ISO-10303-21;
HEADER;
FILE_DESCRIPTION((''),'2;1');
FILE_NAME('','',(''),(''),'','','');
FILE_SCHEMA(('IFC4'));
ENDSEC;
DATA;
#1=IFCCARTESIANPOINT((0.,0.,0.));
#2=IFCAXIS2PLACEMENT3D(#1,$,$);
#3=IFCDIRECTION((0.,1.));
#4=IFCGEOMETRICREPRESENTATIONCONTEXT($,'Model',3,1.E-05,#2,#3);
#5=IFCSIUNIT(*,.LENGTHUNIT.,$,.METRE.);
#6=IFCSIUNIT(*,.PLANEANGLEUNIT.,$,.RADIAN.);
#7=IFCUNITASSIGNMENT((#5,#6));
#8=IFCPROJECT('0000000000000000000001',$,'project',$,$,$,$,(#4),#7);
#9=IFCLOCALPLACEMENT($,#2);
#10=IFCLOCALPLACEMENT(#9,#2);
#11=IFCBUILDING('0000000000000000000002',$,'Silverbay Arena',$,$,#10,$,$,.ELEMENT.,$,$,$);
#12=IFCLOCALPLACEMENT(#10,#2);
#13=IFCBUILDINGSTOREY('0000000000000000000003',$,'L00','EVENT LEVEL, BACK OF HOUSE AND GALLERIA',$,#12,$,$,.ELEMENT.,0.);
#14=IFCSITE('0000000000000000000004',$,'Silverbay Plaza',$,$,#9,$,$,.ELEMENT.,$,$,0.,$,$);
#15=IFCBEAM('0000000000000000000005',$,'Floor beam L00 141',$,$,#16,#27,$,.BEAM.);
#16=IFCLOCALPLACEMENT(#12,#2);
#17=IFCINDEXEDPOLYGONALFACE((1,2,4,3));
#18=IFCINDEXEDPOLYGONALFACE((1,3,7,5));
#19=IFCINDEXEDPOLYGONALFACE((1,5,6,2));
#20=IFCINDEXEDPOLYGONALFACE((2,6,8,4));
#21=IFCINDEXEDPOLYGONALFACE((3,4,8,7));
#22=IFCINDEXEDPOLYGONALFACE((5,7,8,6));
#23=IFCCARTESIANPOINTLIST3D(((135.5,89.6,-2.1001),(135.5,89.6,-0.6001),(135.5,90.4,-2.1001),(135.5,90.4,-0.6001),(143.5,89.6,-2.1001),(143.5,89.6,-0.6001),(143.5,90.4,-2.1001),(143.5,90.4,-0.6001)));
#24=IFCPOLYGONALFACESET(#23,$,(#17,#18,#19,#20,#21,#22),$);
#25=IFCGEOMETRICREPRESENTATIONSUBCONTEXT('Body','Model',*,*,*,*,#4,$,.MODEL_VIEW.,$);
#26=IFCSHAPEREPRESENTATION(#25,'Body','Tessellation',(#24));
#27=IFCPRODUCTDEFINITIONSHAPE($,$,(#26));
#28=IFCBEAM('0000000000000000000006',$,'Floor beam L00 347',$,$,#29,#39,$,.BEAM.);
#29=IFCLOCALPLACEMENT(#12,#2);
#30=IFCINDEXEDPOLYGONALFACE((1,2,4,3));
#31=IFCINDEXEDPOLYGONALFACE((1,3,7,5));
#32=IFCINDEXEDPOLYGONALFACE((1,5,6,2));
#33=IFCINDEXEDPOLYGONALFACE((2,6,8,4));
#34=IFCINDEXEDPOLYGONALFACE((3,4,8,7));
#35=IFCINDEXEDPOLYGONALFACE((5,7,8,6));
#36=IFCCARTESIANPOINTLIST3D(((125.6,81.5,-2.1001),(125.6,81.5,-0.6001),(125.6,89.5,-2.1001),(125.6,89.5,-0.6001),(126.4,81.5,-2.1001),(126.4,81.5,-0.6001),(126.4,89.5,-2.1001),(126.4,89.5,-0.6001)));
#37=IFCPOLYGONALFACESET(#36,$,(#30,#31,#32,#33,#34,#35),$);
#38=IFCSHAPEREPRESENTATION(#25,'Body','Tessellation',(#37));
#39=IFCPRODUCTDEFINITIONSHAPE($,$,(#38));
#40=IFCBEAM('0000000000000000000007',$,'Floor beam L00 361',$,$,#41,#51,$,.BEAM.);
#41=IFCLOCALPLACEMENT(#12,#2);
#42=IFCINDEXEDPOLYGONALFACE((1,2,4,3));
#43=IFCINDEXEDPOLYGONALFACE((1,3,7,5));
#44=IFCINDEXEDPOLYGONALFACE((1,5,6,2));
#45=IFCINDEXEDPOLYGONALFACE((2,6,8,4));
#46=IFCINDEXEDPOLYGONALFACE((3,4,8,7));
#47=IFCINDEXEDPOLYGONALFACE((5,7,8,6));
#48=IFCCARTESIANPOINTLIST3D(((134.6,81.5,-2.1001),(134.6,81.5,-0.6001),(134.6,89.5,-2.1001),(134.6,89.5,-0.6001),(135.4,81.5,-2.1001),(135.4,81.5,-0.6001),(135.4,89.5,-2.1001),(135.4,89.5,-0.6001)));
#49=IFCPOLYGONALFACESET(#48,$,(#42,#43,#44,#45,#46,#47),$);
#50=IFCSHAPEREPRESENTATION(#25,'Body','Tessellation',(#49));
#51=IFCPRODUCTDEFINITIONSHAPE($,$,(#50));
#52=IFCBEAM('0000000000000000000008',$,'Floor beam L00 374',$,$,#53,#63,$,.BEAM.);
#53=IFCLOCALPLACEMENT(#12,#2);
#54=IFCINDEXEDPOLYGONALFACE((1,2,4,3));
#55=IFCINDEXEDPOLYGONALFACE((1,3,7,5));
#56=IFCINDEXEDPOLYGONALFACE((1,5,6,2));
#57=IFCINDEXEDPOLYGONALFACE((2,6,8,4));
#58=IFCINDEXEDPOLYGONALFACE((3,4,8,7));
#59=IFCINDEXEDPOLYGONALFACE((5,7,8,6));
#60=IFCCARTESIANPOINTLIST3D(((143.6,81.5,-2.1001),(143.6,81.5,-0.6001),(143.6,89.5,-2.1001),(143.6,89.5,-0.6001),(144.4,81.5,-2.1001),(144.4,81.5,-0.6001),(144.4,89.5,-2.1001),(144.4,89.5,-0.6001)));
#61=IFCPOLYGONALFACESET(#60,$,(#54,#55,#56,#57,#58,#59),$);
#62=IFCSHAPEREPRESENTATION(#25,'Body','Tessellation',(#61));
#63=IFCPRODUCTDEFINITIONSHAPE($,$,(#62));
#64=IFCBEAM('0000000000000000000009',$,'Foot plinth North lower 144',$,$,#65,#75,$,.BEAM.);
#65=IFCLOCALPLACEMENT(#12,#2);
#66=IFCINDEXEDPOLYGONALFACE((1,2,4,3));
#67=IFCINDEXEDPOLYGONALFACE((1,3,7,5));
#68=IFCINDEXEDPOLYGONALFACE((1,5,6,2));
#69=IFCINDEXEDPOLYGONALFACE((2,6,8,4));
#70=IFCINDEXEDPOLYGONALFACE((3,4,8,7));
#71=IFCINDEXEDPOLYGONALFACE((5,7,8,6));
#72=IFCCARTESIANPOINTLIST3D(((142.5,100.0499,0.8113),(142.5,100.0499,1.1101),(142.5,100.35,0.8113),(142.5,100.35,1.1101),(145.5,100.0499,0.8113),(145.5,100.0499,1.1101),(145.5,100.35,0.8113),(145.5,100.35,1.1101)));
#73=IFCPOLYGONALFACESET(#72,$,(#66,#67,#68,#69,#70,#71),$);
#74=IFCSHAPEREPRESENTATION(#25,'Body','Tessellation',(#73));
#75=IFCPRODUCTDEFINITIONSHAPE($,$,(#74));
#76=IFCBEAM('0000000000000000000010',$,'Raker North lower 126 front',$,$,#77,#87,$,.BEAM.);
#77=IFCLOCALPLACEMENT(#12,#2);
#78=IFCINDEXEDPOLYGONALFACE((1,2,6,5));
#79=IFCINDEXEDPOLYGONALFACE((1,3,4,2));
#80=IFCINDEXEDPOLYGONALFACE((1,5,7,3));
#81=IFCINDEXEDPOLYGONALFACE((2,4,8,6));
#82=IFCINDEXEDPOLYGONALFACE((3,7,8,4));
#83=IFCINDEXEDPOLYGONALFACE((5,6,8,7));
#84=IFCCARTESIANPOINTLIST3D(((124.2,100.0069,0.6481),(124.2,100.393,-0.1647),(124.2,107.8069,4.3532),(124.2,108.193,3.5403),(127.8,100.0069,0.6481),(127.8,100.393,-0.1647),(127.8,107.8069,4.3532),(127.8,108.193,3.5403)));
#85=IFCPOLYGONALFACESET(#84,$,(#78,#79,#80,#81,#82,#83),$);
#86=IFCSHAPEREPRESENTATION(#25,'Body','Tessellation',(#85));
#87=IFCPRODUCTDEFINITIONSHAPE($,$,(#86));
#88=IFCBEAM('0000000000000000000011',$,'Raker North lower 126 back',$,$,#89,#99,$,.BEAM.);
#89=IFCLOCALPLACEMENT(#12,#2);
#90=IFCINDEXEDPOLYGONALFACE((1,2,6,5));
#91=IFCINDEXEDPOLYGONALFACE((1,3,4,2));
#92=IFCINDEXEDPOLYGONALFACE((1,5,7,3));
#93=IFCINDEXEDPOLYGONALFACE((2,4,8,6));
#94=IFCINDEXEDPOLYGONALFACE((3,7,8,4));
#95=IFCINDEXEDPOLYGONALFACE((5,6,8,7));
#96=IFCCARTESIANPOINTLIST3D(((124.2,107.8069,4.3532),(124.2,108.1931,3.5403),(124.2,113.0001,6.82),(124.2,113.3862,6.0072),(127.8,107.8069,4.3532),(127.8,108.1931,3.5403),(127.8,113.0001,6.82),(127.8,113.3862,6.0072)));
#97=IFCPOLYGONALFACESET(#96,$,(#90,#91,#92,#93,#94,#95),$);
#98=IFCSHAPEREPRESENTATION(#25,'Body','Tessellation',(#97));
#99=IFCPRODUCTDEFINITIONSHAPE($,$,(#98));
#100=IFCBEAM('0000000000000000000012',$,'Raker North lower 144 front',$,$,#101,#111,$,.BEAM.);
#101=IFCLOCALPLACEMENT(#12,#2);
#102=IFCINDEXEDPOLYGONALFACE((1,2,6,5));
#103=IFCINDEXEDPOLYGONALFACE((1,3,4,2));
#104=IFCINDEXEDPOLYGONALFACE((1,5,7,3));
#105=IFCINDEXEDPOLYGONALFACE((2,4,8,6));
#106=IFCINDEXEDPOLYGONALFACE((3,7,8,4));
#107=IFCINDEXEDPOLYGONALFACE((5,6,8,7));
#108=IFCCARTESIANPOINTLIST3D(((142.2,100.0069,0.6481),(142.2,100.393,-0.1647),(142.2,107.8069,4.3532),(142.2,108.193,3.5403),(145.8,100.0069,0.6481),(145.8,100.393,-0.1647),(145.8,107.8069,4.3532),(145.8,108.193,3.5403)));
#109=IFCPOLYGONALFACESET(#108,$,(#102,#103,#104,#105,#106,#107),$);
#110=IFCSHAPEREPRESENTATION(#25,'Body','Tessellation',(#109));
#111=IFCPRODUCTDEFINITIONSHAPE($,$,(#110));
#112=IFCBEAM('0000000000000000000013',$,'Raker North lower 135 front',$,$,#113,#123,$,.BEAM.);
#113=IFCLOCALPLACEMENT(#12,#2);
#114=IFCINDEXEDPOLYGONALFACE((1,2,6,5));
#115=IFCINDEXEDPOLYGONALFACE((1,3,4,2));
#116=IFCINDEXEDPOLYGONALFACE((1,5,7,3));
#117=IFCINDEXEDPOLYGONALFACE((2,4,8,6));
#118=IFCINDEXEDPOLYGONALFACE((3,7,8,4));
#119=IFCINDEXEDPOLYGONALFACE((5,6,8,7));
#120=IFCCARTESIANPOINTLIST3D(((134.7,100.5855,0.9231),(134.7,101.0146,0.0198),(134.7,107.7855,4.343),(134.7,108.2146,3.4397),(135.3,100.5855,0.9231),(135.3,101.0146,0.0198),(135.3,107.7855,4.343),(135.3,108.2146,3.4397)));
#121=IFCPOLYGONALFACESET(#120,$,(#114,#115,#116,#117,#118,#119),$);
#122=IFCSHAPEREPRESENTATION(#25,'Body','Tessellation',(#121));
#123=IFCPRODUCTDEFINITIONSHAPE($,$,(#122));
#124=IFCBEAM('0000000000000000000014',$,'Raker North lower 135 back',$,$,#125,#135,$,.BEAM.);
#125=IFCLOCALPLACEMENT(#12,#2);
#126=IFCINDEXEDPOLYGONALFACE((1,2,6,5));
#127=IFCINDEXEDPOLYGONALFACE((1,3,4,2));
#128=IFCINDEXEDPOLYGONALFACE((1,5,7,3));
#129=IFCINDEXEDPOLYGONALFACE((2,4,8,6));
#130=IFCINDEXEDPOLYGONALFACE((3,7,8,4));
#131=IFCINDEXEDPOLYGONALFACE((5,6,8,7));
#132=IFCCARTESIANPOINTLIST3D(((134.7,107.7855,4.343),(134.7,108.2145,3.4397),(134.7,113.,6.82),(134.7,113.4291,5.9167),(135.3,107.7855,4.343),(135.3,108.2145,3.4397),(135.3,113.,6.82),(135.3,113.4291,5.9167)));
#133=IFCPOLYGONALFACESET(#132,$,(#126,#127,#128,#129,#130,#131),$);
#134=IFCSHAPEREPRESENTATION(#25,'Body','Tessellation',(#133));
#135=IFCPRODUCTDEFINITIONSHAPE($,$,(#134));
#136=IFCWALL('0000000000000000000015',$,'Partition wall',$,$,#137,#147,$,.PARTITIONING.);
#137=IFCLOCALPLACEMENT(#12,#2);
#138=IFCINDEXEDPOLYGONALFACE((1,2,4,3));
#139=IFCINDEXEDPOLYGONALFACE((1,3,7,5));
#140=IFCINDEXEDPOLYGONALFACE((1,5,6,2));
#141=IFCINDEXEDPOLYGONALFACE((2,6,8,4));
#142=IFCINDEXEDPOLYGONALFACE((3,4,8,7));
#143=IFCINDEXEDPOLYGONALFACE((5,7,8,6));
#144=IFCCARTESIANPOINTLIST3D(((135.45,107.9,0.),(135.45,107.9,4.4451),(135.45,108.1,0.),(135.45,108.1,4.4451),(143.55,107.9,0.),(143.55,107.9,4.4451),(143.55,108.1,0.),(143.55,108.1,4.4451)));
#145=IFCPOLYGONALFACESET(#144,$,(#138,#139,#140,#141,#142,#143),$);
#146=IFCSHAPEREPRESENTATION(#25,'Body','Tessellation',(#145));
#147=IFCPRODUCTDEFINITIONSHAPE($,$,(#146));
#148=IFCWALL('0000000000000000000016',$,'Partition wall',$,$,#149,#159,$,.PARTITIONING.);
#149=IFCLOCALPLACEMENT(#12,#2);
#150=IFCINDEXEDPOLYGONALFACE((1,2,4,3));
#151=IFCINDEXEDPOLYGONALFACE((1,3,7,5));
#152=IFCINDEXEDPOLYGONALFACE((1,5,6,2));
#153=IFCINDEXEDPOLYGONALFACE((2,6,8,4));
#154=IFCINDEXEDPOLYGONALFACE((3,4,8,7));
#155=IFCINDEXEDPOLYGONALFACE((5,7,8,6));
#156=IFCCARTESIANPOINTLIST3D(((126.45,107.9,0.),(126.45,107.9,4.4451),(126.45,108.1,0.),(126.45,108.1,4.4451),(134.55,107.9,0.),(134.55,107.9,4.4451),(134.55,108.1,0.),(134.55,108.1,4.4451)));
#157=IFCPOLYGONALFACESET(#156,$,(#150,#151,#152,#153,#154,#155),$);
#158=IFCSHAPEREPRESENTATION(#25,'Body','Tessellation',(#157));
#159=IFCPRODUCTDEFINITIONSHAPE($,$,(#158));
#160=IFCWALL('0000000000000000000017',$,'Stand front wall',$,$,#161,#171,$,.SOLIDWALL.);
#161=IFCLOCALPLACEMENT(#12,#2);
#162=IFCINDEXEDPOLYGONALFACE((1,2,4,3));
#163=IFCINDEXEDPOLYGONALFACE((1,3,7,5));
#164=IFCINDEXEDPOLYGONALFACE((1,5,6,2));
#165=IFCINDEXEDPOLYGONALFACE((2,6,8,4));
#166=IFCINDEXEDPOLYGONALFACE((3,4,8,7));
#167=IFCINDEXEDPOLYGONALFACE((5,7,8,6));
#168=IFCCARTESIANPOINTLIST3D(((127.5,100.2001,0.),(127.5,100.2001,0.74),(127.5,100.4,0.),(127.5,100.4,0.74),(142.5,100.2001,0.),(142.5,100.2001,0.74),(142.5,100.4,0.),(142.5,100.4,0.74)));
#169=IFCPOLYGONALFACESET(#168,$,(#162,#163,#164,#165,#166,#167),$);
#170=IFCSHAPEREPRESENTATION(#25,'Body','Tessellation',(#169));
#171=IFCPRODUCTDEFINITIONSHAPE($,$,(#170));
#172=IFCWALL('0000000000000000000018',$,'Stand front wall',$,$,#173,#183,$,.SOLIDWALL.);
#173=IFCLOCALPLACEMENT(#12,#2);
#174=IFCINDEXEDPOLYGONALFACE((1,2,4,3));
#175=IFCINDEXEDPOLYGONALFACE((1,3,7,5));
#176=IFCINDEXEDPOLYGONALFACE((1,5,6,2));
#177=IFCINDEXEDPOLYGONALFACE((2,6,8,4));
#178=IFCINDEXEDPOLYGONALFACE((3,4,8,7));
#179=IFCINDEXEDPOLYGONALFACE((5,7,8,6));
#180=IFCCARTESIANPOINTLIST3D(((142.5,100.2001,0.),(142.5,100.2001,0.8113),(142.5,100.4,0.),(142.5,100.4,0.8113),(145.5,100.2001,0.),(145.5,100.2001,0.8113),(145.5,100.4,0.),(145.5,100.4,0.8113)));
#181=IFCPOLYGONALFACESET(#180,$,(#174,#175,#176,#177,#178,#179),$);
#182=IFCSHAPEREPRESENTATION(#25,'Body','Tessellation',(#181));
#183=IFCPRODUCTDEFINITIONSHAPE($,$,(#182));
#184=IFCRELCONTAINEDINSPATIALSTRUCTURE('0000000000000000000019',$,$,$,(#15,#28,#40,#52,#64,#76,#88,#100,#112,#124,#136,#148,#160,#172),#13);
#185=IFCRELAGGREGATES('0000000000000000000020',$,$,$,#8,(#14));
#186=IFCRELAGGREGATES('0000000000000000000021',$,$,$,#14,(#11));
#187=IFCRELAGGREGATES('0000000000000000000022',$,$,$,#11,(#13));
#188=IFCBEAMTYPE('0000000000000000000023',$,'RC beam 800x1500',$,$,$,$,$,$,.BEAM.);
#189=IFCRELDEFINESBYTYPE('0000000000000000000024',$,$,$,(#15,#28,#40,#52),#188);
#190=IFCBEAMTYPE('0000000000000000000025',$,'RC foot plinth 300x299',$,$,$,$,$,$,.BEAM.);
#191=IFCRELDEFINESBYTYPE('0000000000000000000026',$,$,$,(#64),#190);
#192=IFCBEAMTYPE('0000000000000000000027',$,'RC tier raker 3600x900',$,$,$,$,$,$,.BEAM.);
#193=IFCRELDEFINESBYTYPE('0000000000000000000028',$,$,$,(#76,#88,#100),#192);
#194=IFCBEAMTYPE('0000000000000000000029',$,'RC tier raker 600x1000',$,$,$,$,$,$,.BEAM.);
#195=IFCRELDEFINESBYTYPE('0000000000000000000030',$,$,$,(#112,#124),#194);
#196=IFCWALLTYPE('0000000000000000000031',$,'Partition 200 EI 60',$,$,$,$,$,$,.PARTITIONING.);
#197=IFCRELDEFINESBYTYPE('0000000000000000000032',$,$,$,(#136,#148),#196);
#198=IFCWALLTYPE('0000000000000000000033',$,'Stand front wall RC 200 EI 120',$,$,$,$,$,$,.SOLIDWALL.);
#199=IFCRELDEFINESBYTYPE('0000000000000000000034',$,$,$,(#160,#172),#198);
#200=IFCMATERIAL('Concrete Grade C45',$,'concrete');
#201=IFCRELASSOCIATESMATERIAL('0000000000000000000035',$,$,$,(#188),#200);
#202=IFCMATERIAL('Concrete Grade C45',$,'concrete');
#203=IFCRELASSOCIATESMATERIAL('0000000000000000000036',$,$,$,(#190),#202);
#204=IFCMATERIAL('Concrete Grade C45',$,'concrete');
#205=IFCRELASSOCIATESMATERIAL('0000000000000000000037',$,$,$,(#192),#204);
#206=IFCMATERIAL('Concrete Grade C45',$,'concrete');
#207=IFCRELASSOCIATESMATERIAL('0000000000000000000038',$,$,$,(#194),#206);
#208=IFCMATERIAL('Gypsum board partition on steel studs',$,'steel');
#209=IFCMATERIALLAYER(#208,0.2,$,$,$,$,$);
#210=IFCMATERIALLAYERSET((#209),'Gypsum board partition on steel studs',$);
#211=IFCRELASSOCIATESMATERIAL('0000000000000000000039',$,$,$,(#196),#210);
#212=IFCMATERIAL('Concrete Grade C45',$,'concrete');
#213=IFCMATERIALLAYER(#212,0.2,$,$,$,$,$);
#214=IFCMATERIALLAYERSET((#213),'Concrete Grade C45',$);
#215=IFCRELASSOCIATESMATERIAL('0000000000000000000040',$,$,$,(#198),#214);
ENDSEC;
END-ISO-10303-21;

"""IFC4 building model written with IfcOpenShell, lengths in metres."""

from ifc_helpers import new_model, si_unit, direction, frame, frame_2d, origin, origin_2d, place, context, subcontext, project, spatial, rectangle, extrude, material, layer, layer_set, material_profile, profile_set, type_object, element, save


model = new_model("IFC4")

# Units and contexts
model_context = context("Model", 3, precision=1e-05, world=origin(), true_north=direction((0.0, 1.0)))
body_context = subcontext(model_context, "Body", "Model", "MODEL_VIEW")
ifc_project = project(units=[si_unit("LENGTHUNIT", "METRE"), si_unit("PLANEANGLEUNIT", "RADIAN")], contexts=[model_context])

# Site, building, storey
site_placement = place(None, origin())
site = spatial("IfcSite", under=ifc_project, at=site_placement, Name="Silverbay Plaza", CompositionType="ELEMENT", RefElevation=0.0)
building_placement = place(site_placement, origin())
building = spatial("IfcBuilding", under=site, at=building_placement, Name="Silverbay Arena", CompositionType="ELEMENT")
storey_placement = place(building_placement, origin())
storey = spatial("IfcBuildingStorey", under=building, at=storey_placement, Name="L00", Description="EVENT LEVEL, BACK OF HOUSE AND GALLERIA", CompositionType="ELEMENT", Elevation=0.0)

# Beams
ifc_material_1 = material(Name="Concrete Grade C45", Category="concrete")
ifc_material_profile_1 = material_profile(ifc_material_1, rectangle(XDim=0.8, YDim=1.5, at=origin_2d()), Name="RC 800x1500")
ifc_profile_set_1 = profile_set([ifc_material_profile_1], Name="Concrete Grade C45")
beam_type_1 = type_object("IfcBeamType", Name="RC beam 800x1500", PredefinedType="BEAM", material=ifc_profile_set_1)
for number, where, z_axis, x_axis, name in (
    (1, (135.5, 90.0, -1.3501), (1.0, 0.0, 0.0), (0.0, 1.0, 0.0), "Floor beam L00 141"),
    (2, (126.0, 81.5, -1.3501), (0.0, 1.0, 0.0), (-1.0, 0.0, 0.0), "Floor beam L00 347"),
    (3, (135.0, 81.5, -1.3501), (0.0, 1.0, 0.0), (-1.0, 0.0, 0.0), "Floor beam L00 361"),
    (4, (144.0, 81.5, -1.3501), (0.0, 1.0, 0.0), (-1.0, 0.0, 0.0), "Floor beam L00 374"),
):
    element("IfcBeam", number, at=place(storey_placement, frame(where, z_axis=z_axis, x_axis=x_axis)), inside=storey, type_object=beam_type_1, Name=name, PredefinedType="BEAM", context=body_context, shape_type="SweptSolid", body=[
        extrude(rectangle(XDim=0.8, YDim=1.5, at=origin_2d()), origin(), (0.0, 0.0, 1.0), 8.0),
    ])
ifc_material_2 = material(Name="Concrete Grade C45", Category="concrete")
ifc_material_profile_2 = material_profile(ifc_material_2, rectangle(XDim=0.3, YDim=0.2988, at=origin_2d()), Name="RC 300x299")
ifc_profile_set_2 = profile_set([ifc_material_profile_2], Name="Concrete Grade C45")
beam_type_2 = type_object("IfcBeamType", Name="RC foot plinth 300x299", PredefinedType="BEAM", material=ifc_profile_set_2)
beam_1_placement = place(storey_placement, frame((142.5, 100.2, 0.9607), z_axis=(1.0, 0.0, 0.0), x_axis=(0.0, 1.0, 0.0)))
element("IfcBeam", 5, at=beam_1_placement, inside=storey, type_object=beam_type_2, Name="Foot plinth North lower 144", PredefinedType="BEAM", context=body_context, shape_type="SweptSolid", body=[
    extrude(rectangle(XDim=0.3, YDim=0.2988, at=origin_2d()), origin(), (0.0, 0.0, 1.0), 3.0),
])
ifc_material_3 = material(Name="Concrete Grade C45", Category="concrete")
ifc_material_profile_3 = material_profile(ifc_material_3, rectangle(XDim=3.6001, YDim=0.8999, at=origin_2d()), Name="RC 3600x900")
ifc_profile_set_3 = profile_set([ifc_material_profile_3], Name="Concrete Grade C45")
beam_type_3 = type_object("IfcBeamType", Name="RC tier raker 3600x900", PredefinedType="BEAM", material=ifc_profile_set_3)
beam_2_placement = place(storey_placement, frame((126.0, 100.2, 0.2417), z_axis=(0.0, 0.903275, 0.429062), x_axis=(-1.0, 0.0, 0.0)))
element("IfcBeam", 6, at=beam_2_placement, inside=storey, type_object=beam_type_3, Name="Raker North lower 126 front", PredefinedType="BEAM", context=body_context, shape_type="SweptSolid", body=[
    extrude(rectangle(XDim=3.6001, YDim=0.8999, at=origin_2d()), origin(), (0.0, 0.0, 1.0), 8.6353),
])
beam_3_placement = place(storey_placement, frame((126.0, 108.0, 3.9468), z_axis=(0.0, 0.903273, 0.429066), x_axis=(-1.0, 0.0, 0.0)))
element("IfcBeam", 7, at=beam_3_placement, inside=storey, type_object=beam_type_3, Name="Raker North lower 126 back", PredefinedType="BEAM", context=body_context, shape_type="SweptSolid", body=[
    extrude(rectangle(XDim=3.6001, YDim=0.8999, at=origin_2d()), origin(), (0.0, 0.0, 1.0), 5.7493),
])
beam_4_placement = place(storey_placement, frame((144.0, 100.2, 0.2417), z_axis=(0.0, 0.903275, 0.429062), x_axis=(-1.0, 0.0, 0.0)))
element("IfcBeam", 8, at=beam_4_placement, inside=storey, type_object=beam_type_3, Name="Raker North lower 144 front", PredefinedType="BEAM", context=body_context, shape_type="SweptSolid", body=[
    extrude(rectangle(XDim=3.6001, YDim=0.8999, at=origin_2d()), origin(), (0.0, 0.0, 1.0), 8.6353),
])
ifc_material_4 = material(Name="Concrete Grade C45", Category="concrete")
ifc_material_profile_4 = material_profile(ifc_material_4, rectangle(XDim=0.6001, YDim=1.0, at=origin_2d()), Name="RC 600x1000")
ifc_profile_set_4 = profile_set([ifc_material_profile_4], Name="Concrete Grade C45")
beam_type_4 = type_object("IfcBeamType", Name="RC tier raker 600x1000", PredefinedType="BEAM", material=ifc_profile_set_4)
beam_5_placement = place(storey_placement, frame((135.0, 100.8, 0.4714), z_axis=(0.0, 0.90328, 0.429051), x_axis=(-1.0, 0.0, 0.0)))
element("IfcBeam", 9, at=beam_5_placement, inside=storey, type_object=beam_type_4, Name="Raker North lower 135 front", PredefinedType="BEAM", context=body_context, shape_type="SweptSolid", body=[
    extrude(rectangle(XDim=0.6001, YDim=1.0, at=origin_2d()), origin(), (0.0, 0.0, 1.0), 7.9709),
])
beam_6_placement = place(storey_placement, frame((135.0, 108.0, 3.8914), z_axis=(0.0, 0.90327, 0.429073), x_axis=(-1.0, 0.0, 0.0)))
element("IfcBeam", 10, at=beam_6_placement, inside=storey, type_object=beam_type_4, Name="Raker North lower 135 back", PredefinedType="BEAM", context=body_context, shape_type="SweptSolid", body=[
    extrude(rectangle(XDim=0.6001, YDim=1.0, at=origin_2d()), origin(), (0.0, 0.0, 1.0), 5.7729),
])

# Walls
ifc_material_5 = material(Name="Gypsum board partition on steel studs", Category="steel")
ifc_layer_1 = layer(ifc_material_5, 0.2)
ifc_layer_set_1 = layer_set([ifc_layer_1], Name="Gypsum board partition on steel studs")
wall_type_1 = type_object("IfcWallType", Name="Partition 200 EI 60", PredefinedType="PARTITIONING", material=ifc_layer_set_1)
for number, where, z_axis, x_axis, name in (
    (11, (135.45, 108.0, 0.0), (0.0, 0.0, 1.0), (1.0, 0.0, 0.0), "Partition wall"),
    (12, (126.45, 108.0, 0.0), (0.0, 0.0, 1.0), (1.0, 0.0, 0.0), "Partition wall"),
):
    element("IfcWall", number, at=place(storey_placement, frame(where, z_axis=z_axis, x_axis=x_axis)), inside=storey, type_object=wall_type_1, Name=name, PredefinedType="PARTITIONING", context=body_context, shape_type="SweptSolid", body=[
        extrude(rectangle(XDim=8.1001, YDim=0.2, at=frame_2d((4.05, 0.0))), origin(), (0.0, 0.0, 1.0), 4.4451),
    ])
ifc_material_6 = material(Name="Concrete Grade C45", Category="concrete")
ifc_layer_2 = layer(ifc_material_6, 0.2)
ifc_layer_set_2 = layer_set([ifc_layer_2], Name="Concrete Grade C45")
wall_type_2 = type_object("IfcWallType", Name="Stand front wall RC 200 EI 120", PredefinedType="SOLIDWALL", material=ifc_layer_set_2)
wall_1_placement = place(storey_placement, frame((127.5, 100.3, 0.0), z_axis=(0.0, 0.0, 1.0), x_axis=(1.0, 0.0, 0.0)))
element("IfcWall", 13, at=wall_1_placement, inside=storey, type_object=wall_type_2, Name="Stand front wall", PredefinedType="SOLIDWALL", context=body_context, shape_type="SweptSolid", body=[
    extrude(rectangle(XDim=15.0, YDim=0.2, at=frame_2d((7.5, 0.0))), origin(), (0.0, 0.0, 1.0), 0.74),
])
wall_2_placement = place(storey_placement, frame((142.5, 100.3, 0.0), z_axis=(0.0, 0.0, 1.0), x_axis=(1.0, 0.0, 0.0)))
element("IfcWall", 14, at=wall_2_placement, inside=storey, type_object=wall_type_2, Name="Stand front wall", PredefinedType="SOLIDWALL", context=body_context, shape_type="SweptSolid", body=[
    extrude(rectangle(XDim=3.0, YDim=0.2, at=frame_2d((1.5, 0.0))), origin(), (0.0, 0.0, 1.0), 0.8113),
])

save(model, "model.ifc")
